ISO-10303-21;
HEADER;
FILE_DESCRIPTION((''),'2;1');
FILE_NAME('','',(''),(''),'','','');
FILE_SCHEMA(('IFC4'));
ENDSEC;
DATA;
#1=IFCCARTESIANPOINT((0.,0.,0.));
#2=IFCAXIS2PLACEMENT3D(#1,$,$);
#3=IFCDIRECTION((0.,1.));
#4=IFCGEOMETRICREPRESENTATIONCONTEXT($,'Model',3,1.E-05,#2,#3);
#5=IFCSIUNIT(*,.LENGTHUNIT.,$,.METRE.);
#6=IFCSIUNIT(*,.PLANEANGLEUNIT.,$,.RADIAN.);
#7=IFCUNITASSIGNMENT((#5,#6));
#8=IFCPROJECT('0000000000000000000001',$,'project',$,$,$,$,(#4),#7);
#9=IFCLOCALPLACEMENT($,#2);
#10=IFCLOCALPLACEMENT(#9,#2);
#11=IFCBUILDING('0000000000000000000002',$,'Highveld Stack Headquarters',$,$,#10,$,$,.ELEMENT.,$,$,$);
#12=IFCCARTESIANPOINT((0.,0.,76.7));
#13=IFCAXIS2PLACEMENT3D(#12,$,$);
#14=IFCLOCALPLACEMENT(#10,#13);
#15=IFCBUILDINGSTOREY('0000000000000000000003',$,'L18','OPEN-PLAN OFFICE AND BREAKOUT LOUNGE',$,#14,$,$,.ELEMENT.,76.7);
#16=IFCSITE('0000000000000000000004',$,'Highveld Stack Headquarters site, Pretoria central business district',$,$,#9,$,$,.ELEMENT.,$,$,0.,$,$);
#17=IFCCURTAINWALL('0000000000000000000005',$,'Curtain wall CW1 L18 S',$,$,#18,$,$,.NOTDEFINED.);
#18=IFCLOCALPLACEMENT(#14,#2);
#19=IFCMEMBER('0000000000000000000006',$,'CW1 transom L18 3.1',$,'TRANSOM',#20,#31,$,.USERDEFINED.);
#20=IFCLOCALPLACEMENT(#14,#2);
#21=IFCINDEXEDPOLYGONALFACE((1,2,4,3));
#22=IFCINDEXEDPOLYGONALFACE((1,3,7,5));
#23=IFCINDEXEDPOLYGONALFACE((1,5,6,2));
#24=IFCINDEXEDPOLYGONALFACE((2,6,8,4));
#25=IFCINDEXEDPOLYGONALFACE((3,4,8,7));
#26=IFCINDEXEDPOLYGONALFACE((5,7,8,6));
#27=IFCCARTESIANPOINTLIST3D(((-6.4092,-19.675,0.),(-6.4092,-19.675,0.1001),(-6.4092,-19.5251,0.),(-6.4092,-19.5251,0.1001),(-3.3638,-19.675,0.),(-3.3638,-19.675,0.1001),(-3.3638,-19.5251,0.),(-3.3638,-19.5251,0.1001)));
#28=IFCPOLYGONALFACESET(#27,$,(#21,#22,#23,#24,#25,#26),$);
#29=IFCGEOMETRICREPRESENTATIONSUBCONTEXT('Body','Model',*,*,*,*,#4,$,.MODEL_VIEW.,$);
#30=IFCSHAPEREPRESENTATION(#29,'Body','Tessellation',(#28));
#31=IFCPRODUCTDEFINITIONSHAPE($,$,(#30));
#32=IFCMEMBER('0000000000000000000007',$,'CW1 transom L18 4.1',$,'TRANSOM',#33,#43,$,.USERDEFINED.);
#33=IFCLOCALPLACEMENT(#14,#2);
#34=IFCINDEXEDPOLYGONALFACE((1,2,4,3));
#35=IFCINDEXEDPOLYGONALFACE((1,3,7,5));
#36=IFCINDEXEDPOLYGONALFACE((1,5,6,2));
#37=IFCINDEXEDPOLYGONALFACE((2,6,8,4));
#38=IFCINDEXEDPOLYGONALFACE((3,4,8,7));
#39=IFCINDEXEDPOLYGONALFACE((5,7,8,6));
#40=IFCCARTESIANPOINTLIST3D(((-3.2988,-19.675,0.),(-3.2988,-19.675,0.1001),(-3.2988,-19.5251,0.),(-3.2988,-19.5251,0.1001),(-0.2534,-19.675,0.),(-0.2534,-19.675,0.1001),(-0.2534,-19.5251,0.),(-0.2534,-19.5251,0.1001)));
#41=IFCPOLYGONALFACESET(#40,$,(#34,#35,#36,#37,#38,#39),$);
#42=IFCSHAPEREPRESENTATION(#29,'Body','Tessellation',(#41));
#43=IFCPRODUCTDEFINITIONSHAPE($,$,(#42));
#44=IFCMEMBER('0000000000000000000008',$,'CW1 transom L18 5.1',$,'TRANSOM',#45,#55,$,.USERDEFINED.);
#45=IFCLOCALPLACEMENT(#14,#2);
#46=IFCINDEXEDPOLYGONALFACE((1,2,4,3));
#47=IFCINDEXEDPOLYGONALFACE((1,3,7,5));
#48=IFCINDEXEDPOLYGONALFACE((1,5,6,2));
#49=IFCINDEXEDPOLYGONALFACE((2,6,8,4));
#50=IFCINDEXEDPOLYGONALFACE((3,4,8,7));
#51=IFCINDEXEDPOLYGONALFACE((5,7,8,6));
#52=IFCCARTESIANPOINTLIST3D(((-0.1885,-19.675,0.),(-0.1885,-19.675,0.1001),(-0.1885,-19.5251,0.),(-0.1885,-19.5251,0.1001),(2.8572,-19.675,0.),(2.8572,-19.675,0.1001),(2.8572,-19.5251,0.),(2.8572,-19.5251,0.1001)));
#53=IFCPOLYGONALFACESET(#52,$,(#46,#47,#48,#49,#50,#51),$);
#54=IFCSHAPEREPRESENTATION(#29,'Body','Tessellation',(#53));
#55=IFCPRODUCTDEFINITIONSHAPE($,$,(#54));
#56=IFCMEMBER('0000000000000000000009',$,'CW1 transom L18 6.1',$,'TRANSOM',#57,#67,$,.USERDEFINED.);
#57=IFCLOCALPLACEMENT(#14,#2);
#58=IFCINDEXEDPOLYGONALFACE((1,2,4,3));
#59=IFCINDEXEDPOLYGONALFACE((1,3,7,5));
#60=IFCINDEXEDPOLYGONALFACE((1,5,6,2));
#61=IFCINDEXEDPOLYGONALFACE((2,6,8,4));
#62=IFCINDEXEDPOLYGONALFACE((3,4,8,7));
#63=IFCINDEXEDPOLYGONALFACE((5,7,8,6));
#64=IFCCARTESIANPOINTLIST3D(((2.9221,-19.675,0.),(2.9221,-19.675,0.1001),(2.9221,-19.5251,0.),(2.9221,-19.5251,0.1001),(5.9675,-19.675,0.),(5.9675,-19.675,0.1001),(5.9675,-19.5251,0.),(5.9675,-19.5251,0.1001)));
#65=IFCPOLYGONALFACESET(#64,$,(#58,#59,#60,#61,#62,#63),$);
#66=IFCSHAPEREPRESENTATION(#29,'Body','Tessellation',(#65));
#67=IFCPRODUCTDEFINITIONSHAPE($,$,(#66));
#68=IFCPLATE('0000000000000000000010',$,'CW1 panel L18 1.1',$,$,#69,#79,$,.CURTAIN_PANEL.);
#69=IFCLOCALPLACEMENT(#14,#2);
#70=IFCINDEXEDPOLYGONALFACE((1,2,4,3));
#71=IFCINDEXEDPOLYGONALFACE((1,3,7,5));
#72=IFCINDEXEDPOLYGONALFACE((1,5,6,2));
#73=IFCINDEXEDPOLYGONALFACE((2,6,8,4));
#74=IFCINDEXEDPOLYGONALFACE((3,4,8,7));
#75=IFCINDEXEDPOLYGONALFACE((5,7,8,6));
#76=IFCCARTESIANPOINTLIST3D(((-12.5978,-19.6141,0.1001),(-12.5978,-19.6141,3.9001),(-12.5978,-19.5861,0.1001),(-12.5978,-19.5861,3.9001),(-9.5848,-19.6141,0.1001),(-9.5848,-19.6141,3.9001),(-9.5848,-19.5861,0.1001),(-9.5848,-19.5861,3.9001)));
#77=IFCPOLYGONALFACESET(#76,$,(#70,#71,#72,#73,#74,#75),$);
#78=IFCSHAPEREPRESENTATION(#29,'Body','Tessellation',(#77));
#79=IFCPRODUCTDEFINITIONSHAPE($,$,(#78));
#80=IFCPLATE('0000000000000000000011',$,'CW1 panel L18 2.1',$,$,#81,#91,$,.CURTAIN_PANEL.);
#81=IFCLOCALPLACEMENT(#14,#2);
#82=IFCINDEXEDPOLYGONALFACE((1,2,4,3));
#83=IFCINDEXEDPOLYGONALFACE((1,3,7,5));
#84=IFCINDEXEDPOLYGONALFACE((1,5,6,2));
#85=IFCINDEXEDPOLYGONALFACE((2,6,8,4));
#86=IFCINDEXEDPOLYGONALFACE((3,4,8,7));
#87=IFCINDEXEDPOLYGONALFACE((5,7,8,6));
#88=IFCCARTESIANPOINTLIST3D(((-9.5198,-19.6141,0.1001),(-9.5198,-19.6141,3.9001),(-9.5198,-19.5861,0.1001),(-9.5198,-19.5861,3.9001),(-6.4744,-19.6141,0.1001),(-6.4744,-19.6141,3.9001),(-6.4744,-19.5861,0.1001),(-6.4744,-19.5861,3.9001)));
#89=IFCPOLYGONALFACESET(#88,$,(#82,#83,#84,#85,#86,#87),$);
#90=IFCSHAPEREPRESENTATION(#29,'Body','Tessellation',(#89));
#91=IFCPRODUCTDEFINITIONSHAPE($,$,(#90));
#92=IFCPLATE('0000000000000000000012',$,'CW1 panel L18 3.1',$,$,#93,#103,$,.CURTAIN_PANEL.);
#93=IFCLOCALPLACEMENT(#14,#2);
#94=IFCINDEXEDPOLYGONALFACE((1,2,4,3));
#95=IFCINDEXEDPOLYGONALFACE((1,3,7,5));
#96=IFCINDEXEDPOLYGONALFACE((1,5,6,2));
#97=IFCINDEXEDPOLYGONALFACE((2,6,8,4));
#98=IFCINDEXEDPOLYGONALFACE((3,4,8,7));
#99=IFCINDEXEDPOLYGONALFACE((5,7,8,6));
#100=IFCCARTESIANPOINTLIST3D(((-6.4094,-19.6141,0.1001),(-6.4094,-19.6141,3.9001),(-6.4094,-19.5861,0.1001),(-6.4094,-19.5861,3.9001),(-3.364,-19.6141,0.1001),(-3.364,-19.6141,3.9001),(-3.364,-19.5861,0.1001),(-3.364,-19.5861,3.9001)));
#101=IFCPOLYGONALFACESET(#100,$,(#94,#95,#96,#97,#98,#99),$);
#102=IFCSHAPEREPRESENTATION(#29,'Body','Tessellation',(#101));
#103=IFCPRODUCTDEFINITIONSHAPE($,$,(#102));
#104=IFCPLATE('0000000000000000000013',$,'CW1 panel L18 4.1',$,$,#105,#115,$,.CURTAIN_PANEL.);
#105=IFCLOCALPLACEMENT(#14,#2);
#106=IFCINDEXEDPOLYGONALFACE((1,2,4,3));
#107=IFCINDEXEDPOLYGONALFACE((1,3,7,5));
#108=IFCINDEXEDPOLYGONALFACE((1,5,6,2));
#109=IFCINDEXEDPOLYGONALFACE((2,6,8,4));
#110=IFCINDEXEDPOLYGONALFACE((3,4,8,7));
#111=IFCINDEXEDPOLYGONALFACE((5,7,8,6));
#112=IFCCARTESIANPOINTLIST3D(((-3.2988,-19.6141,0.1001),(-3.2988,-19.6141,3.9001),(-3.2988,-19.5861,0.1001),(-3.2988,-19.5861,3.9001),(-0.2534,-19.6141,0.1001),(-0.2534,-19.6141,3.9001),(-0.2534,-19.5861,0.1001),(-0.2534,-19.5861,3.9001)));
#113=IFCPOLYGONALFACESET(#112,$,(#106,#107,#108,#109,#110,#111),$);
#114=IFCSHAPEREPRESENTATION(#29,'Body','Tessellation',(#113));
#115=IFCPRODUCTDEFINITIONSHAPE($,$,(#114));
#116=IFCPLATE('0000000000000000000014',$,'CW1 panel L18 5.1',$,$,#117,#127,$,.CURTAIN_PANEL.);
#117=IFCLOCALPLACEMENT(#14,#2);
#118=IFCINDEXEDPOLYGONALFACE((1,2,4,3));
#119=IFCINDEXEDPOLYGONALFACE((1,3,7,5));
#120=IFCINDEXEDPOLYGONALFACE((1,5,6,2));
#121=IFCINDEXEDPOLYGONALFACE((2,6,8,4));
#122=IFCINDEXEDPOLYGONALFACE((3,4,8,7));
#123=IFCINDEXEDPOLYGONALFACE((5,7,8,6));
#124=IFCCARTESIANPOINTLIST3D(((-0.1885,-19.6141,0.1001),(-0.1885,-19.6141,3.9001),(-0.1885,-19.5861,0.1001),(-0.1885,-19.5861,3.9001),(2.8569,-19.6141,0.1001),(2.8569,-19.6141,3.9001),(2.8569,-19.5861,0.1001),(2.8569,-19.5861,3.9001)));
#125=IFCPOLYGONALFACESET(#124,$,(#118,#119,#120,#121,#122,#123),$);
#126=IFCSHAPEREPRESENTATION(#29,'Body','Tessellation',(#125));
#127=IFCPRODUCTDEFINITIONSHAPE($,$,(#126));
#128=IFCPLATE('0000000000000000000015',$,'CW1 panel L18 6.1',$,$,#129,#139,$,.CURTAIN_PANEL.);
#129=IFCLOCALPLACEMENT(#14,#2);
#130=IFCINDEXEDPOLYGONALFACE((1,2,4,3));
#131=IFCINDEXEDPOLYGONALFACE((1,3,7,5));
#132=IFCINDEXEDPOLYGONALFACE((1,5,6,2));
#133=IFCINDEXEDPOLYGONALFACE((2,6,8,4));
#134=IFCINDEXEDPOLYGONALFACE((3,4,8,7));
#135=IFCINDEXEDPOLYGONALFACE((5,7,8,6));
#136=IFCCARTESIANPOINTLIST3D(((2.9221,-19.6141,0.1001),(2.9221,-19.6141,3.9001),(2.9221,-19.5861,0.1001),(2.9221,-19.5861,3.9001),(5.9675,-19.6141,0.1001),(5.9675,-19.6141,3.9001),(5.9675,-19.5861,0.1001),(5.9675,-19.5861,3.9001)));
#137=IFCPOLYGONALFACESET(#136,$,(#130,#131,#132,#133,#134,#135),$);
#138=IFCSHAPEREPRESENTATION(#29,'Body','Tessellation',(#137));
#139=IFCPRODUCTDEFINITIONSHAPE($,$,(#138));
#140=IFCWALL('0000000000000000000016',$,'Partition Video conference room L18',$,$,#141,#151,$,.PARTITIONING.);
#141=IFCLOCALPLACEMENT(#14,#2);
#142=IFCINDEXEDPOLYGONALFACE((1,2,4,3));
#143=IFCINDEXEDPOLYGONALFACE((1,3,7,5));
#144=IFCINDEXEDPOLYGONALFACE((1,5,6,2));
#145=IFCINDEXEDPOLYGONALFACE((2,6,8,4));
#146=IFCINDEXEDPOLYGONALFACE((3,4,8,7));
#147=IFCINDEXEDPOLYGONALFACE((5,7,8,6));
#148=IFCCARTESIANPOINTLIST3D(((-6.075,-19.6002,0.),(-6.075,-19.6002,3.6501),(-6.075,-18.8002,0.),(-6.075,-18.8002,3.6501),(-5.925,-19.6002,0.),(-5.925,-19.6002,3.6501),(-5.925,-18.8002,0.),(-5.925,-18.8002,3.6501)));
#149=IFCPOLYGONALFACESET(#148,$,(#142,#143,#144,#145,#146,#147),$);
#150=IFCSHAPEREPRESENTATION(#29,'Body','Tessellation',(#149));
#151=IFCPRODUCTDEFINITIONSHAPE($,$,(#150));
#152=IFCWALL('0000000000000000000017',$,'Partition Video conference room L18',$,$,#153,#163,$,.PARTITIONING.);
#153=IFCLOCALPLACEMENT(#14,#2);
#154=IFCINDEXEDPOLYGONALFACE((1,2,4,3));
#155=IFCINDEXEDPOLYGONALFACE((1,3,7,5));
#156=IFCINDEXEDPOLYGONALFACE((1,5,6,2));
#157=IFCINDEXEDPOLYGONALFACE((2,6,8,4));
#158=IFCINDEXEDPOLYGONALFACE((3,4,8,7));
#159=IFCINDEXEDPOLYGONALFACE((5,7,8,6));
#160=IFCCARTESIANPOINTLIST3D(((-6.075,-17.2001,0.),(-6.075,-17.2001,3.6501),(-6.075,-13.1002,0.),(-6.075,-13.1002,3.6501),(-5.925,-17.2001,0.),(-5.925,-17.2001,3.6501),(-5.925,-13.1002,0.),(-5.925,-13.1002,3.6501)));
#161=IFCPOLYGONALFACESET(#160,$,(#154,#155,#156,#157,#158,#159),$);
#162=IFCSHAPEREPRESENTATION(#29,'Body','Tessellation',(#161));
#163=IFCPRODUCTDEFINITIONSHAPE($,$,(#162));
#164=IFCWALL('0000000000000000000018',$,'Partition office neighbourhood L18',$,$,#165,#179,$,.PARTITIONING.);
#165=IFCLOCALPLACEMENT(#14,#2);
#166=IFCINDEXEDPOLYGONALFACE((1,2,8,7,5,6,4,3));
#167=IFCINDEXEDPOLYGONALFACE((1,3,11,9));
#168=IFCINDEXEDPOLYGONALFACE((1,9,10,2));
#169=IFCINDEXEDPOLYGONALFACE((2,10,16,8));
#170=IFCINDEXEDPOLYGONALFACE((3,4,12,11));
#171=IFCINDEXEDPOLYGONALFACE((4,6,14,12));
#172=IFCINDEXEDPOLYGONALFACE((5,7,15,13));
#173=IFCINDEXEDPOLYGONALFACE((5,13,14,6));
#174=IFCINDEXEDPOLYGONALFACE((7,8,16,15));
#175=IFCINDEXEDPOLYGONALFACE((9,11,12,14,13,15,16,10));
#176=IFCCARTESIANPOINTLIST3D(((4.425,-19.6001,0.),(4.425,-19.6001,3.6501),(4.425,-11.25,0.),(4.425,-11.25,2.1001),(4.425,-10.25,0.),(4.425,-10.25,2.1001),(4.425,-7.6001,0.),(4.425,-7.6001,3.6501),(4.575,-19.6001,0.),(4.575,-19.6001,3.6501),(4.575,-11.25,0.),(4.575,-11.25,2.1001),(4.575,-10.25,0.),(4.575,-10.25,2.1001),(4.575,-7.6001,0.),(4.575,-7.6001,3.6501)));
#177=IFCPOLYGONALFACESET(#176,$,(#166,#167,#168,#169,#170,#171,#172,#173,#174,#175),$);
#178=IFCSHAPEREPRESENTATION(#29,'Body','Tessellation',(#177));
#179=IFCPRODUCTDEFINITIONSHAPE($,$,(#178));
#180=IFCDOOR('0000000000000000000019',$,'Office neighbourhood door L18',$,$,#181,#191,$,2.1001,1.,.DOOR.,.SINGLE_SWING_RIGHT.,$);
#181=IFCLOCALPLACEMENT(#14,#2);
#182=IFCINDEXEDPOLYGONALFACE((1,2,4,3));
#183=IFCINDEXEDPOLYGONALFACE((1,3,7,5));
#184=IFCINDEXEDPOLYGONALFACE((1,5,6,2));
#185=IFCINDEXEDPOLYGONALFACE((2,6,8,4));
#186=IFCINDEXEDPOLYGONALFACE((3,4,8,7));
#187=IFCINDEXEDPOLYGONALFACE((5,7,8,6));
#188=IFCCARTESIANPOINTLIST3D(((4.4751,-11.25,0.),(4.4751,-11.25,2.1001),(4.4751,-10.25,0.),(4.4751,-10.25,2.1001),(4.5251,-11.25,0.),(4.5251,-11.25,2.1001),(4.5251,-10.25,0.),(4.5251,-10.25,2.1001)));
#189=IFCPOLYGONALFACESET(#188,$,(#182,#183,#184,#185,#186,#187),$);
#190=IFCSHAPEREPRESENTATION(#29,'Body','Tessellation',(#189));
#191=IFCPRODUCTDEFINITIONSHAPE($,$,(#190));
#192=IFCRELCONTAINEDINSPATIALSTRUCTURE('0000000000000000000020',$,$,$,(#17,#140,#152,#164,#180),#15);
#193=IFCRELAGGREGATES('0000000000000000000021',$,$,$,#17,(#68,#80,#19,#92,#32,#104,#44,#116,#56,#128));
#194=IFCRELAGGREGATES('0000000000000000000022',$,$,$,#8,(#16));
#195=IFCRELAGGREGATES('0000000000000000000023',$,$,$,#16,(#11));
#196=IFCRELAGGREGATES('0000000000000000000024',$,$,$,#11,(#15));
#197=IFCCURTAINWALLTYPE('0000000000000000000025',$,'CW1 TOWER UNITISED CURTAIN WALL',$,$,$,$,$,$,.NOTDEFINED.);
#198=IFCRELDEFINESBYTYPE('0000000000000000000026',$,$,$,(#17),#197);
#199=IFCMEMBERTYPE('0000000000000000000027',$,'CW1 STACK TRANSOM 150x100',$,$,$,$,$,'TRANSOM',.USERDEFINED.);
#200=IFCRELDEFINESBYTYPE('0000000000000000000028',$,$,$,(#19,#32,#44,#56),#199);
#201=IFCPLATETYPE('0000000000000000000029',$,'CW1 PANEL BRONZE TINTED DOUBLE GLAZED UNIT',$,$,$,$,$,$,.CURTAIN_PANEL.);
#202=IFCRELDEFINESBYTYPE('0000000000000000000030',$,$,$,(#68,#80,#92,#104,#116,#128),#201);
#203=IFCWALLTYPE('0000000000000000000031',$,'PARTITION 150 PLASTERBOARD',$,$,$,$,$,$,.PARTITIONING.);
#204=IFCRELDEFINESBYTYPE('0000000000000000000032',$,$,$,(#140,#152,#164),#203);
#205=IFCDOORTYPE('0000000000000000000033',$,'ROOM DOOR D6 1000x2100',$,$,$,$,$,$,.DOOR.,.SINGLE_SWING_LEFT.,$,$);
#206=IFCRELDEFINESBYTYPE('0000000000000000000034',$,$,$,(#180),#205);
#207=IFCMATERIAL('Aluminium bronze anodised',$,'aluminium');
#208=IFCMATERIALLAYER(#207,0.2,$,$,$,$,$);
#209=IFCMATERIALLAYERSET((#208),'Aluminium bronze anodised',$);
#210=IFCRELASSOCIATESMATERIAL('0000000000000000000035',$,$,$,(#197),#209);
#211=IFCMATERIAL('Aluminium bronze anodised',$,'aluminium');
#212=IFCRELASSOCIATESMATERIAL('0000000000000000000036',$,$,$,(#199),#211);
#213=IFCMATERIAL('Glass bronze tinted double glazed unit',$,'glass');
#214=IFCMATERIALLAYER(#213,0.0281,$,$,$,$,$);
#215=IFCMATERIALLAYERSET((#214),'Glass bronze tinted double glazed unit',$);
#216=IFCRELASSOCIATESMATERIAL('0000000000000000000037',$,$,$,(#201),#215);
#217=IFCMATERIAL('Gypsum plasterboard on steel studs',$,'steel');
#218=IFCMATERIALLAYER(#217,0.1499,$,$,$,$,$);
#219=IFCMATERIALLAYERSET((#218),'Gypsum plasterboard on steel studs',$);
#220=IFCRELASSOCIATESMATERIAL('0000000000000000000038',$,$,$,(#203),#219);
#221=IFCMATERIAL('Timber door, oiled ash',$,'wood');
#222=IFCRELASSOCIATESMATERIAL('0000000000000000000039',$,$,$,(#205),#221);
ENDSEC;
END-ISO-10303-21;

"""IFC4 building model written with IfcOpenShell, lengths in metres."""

from ifc_helpers import new_model, si_unit, direction, frame, frame_2d, origin, origin_2d, place, context, subcontext, project, spatial, rectangle, extrude, material, layer, layer_set, material_profile, profile_set, type_object, element, fill, aggregate, save


model = new_model("IFC4")

# Units and contexts
model_context = context("Model", 3, precision=1e-05, world=origin(), true_north=direction((0.0, 1.0)))
body_context = subcontext(model_context, "Body", "Model", "MODEL_VIEW")
ifc_project = project(units=[si_unit("LENGTHUNIT", "METRE"), si_unit("PLANEANGLEUNIT", "RADIAN")], contexts=[model_context])

# Site, building, storey
site_placement = place(None, origin())
site = spatial("IfcSite", under=ifc_project, at=site_placement, Name="Highveld Stack Headquarters site, Pretoria central business district", CompositionType="ELEMENT", RefElevation=0.0)
building_placement = place(site_placement, origin())
building = spatial("IfcBuilding", under=site, at=building_placement, Name="Highveld Stack Headquarters", CompositionType="ELEMENT")
storey_placement = place(building_placement, frame((0.0, 0.0, 76.7)))
storey = spatial("IfcBuildingStorey", under=building, at=storey_placement, Name="L18", Description="OPEN-PLAN OFFICE AND BREAKOUT LOUNGE", CompositionType="ELEMENT", Elevation=76.7)

# Curtain wall, members, plates
ifc_material_1 = material(Name="Aluminium bronze anodised", Category="aluminium")
ifc_layer_1 = layer(ifc_material_1, 0.2)
ifc_layer_set_1 = layer_set([ifc_layer_1], Name="Aluminium bronze anodised")
curtain_wall_type = type_object("IfcCurtainWallType", Name="CW1 TOWER UNITISED CURTAIN WALL", PredefinedType="NOTDEFINED", material=ifc_layer_set_1)
curtain_wall_placement = place(storey_placement, origin())
curtain_wall = element("IfcCurtainWall", 1, at=curtain_wall_placement, inside=storey, type_object=curtain_wall_type, Name="Curtain wall CW1 L18 S", PredefinedType="NOTDEFINED")
ifc_material_2 = material(Name="Aluminium bronze anodised", Category="aluminium")
ifc_material_profile_1 = material_profile(ifc_material_2, rectangle(XDim=0.1499, YDim=0.1001, at=origin_2d()), Name="CW1 TRANSOM 150x100")
ifc_profile_set_1 = profile_set([ifc_material_profile_1], Name="Aluminium bronze anodised")
member_type_1 = type_object("IfcMemberType", Name="CW1 STACK TRANSOM 150x100", ElementType="TRANSOM", PredefinedType="USERDEFINED", material=ifc_profile_set_1)
member_1_placement = place(storey_placement, frame((-6.4092, -19.6001, 0.05), z_axis=(1.0, 0.0, 0.0), x_axis=(0.0, 1.0, 0.0)))
member_1 = element("IfcMember", 2, at=member_1_placement, type_object=member_type_1, Name="CW1 transom L18 3.1", ObjectType="TRANSOM", PredefinedType="USERDEFINED", context=body_context, shape_type="SweptSolid", body=[
    extrude(rectangle(XDim=0.1499, YDim=0.1001, at=origin_2d()), origin(), (0.0, 0.0, 1.0), 3.0454),
])
member_2_placement = place(storey_placement, frame((-3.2988, -19.6001, 0.05), z_axis=(1.0, 0.0, 0.0), x_axis=(0.0, 1.0, 0.0)))
member_2 = element("IfcMember", 3, at=member_2_placement, type_object=member_type_1, Name="CW1 transom L18 4.1", ObjectType="TRANSOM", PredefinedType="USERDEFINED", context=body_context, shape_type="SweptSolid", body=[
    extrude(rectangle(XDim=0.1499, YDim=0.1001, at=origin_2d()), origin(), (0.0, 0.0, 1.0), 3.0454),
])
member_3_placement = place(storey_placement, frame((-0.1885, -19.6001, 0.05), z_axis=(1.0, 0.0, 0.0), x_axis=(0.0, 1.0, 0.0)))
member_3 = element("IfcMember", 4, at=member_3_placement, type_object=member_type_1, Name="CW1 transom L18 5.1", ObjectType="TRANSOM", PredefinedType="USERDEFINED", context=body_context, shape_type="SweptSolid", body=[
    extrude(rectangle(XDim=0.1499, YDim=0.1001, at=origin_2d()), origin(), (0.0, 0.0, 1.0), 3.0457),
])
member_4_placement = place(storey_placement, frame((2.9221, -19.6001, 0.05), z_axis=(1.0, 0.0, 0.0), x_axis=(0.0, 1.0, 0.0)))
member_4 = element("IfcMember", 5, at=member_4_placement, type_object=member_type_1, Name="CW1 transom L18 6.1", ObjectType="TRANSOM", PredefinedType="USERDEFINED", context=body_context, shape_type="SweptSolid", body=[
    extrude(rectangle(XDim=0.1499, YDim=0.1001, at=origin_2d()), origin(), (0.0, 0.0, 1.0), 3.0454),
])
ifc_material_3 = material(Name="Glass bronze tinted double glazed unit", Category="glass")
ifc_layer_2 = layer(ifc_material_3, 0.0281)
ifc_layer_set_2 = layer_set([ifc_layer_2], Name="Glass bronze tinted double glazed unit")
plate_type = type_object("IfcPlateType", Name="CW1 PANEL BRONZE TINTED DOUBLE GLAZED UNIT", PredefinedType="CURTAIN_PANEL", material=ifc_layer_set_2)
plate_1_placement = place(storey_placement, frame((-11.0913, -19.6001, 0.1001), z_axis=(0.0, 0.0, 1.0), x_axis=(1.0, 0.0, 0.0)))
plate_1 = element("IfcPlate", 6, at=plate_1_placement, type_object=plate_type, Name="CW1 panel L18 1.1", PredefinedType="CURTAIN_PANEL", context=body_context, shape_type="SweptSolid", body=[
    extrude(rectangle(XDim=3.0129, YDim=0.0281, at=origin_2d()), origin(), (0.0, 0.0, 1.0), 3.8),
])
plate_2_placement = place(storey_placement, frame((-7.9971, -19.6001, 0.1001), z_axis=(0.0, 0.0, 1.0), x_axis=(1.0, 0.0, 0.0)))
plate_2 = element("IfcPlate", 7, at=plate_2_placement, type_object=plate_type, Name="CW1 panel L18 2.1", PredefinedType="CURTAIN_PANEL", context=body_context, shape_type="SweptSolid", body=[
    extrude(rectangle(XDim=3.0454, YDim=0.0281, at=origin_2d()), origin(), (0.0, 0.0, 1.0), 3.8),
])
plate_3_placement = place(storey_placement, frame((-4.8867, -19.6001, 0.1001), z_axis=(0.0, 0.0, 1.0), x_axis=(1.0, 0.0, 0.0)))
plate_3 = element("IfcPlate", 8, at=plate_3_placement, type_object=plate_type, Name="CW1 panel L18 3.1", PredefinedType="CURTAIN_PANEL", context=body_context, shape_type="SweptSolid", body=[
    extrude(rectangle(XDim=3.0454, YDim=0.0281, at=origin_2d()), origin(), (0.0, 0.0, 1.0), 3.8),
])
plate_4_placement = place(storey_placement, frame((-1.7761, -19.6001, 0.1001), z_axis=(0.0, 0.0, 1.0), x_axis=(1.0, 0.0, 0.0)))
plate_4 = element("IfcPlate", 9, at=plate_4_placement, type_object=plate_type, Name="CW1 panel L18 4.1", PredefinedType="CURTAIN_PANEL", context=body_context, shape_type="SweptSolid", body=[
    extrude(rectangle(XDim=3.0454, YDim=0.0281, at=origin_2d()), origin(), (0.0, 0.0, 1.0), 3.8),
])
plate_5_placement = place(storey_placement, frame((1.3342, -19.6001, 0.1001), z_axis=(0.0, 0.0, 1.0), x_axis=(1.0, 0.0, 0.0)))
plate_5 = element("IfcPlate", 10, at=plate_5_placement, type_object=plate_type, Name="CW1 panel L18 5.1", PredefinedType="CURTAIN_PANEL", context=body_context, shape_type="SweptSolid", body=[
    extrude(rectangle(XDim=3.0454, YDim=0.0281, at=origin_2d()), origin(), (0.0, 0.0, 1.0), 3.8),
])
plate_6_placement = place(storey_placement, frame((4.4448, -19.6001, 0.1001), z_axis=(0.0, 0.0, 1.0), x_axis=(1.0, 0.0, 0.0)))
plate_6 = element("IfcPlate", 11, at=plate_6_placement, type_object=plate_type, Name="CW1 panel L18 6.1", PredefinedType="CURTAIN_PANEL", context=body_context, shape_type="SweptSolid", body=[
    extrude(rectangle(XDim=3.0454, YDim=0.0281, at=origin_2d()), origin(), (0.0, 0.0, 1.0), 3.8),
])
aggregate(curtain_wall, [plate_1, plate_2, member_1, plate_3, member_2, plate_4, member_3, plate_5, member_4, plate_6])

# Walls
ifc_material_4 = material(Name="Gypsum plasterboard on steel studs", Category="steel")
ifc_layer_3 = layer(ifc_material_4, 0.1499)
ifc_layer_set_3 = layer_set([ifc_layer_3], Name="Gypsum plasterboard on steel studs")
wall_type = type_object("IfcWallType", Name="PARTITION 150 PLASTERBOARD", PredefinedType="PARTITIONING", material=ifc_layer_set_3)
wall_1_placement = place(storey_placement, frame((-6.0, -19.6001, 0.0), z_axis=(0.0, 0.0, 1.0), x_axis=(0.0, 1.0, 0.0)))
element("IfcWall", 12, at=wall_1_placement, inside=storey, type_object=wall_type, Name="Partition Video conference room L18", PredefinedType="PARTITIONING", context=body_context, shape_type="SweptSolid", body=[
    extrude(rectangle(XDim=0.8, YDim=0.1499, at=frame_2d((0.3999, 0.0))), origin(), (0.0, 0.0, 1.0), 3.6501),
])
wall_2_placement = place(storey_placement, frame((-6.0, -17.2, 0.0), z_axis=(0.0, 0.0, 1.0), x_axis=(0.0, 1.0, 0.0)))
element("IfcWall", 13, at=wall_2_placement, inside=storey, type_object=wall_type, Name="Partition Video conference room L18", PredefinedType="PARTITIONING", context=body_context, shape_type="SweptSolid", body=[
    extrude(rectangle(XDim=4.0999, YDim=0.1499, at=frame_2d((2.0498, 0.0))), origin(), (0.0, 0.0, 1.0), 3.6501),
])

# Wall, opening, door
wall_3_placement = place(storey_placement, frame((4.5, -19.6001, 0.0), z_axis=(0.0, 0.0, 1.0), x_axis=(0.0, 1.0, 0.0)))
wall_3 = element("IfcWall", 14, at=wall_3_placement, inside=storey, type_object=wall_type, Name="Partition office neighbourhood L18", PredefinedType="PARTITIONING", context=body_context, shape_type="SweptSolid", body=[
    extrude(rectangle(XDim=12.0, YDim=0.1499, at=frame_2d((6.0, 0.0))), origin(), (0.0, 0.0, 1.0), 3.6501),
])
opening_placement = place(wall_3_placement, frame((8.3501, 0.0, 0.0)))
opening = element("IfcOpeningElement", 15, at=opening_placement, cuts=wall_3, PredefinedType="OPENING", context=body_context, shape_type="SweptSolid", body=[
    extrude(rectangle(XDim=1.0, YDim=2.1001, at=frame_2d((0.5, 1.05))), frame((0.0, 0.085, 0.0), z_axis=(0.0, -1.0, 0.0), x_axis=(1.0, 0.0, 0.0)), (0.0, 0.0, 1.0), 0.1699),
])
ifc_material_5 = material(Name="Timber door, oiled ash", Category="wood")
door_type = type_object("IfcDoorType", Name="ROOM DOOR D6 1000x2100", OperationType="SINGLE_SWING_LEFT", PredefinedType="DOOR", material=ifc_material_5)
door_placement = place(opening_placement, origin())
door = element("IfcDoor", 16, at=door_placement, inside=storey, type_object=door_type, Name="Office neighbourhood door L18", OperationType="SINGLE_SWING_RIGHT", OverallHeight=2.1001, OverallWidth=1.0, PredefinedType="DOOR", context=body_context, shape_type="SweptSolid", body=[
    extrude(rectangle(XDim=1.0, YDim=2.1001, at=frame_2d((0.5, 1.05))), frame((0.0, 0.0249, 0.0), z_axis=(0.0, -1.0, 0.0), x_axis=(1.0, 0.0, 0.0)), (0.0, 0.0, 1.0), 0.05),
])
fill(opening, door)

save(model, "model.ifc")
